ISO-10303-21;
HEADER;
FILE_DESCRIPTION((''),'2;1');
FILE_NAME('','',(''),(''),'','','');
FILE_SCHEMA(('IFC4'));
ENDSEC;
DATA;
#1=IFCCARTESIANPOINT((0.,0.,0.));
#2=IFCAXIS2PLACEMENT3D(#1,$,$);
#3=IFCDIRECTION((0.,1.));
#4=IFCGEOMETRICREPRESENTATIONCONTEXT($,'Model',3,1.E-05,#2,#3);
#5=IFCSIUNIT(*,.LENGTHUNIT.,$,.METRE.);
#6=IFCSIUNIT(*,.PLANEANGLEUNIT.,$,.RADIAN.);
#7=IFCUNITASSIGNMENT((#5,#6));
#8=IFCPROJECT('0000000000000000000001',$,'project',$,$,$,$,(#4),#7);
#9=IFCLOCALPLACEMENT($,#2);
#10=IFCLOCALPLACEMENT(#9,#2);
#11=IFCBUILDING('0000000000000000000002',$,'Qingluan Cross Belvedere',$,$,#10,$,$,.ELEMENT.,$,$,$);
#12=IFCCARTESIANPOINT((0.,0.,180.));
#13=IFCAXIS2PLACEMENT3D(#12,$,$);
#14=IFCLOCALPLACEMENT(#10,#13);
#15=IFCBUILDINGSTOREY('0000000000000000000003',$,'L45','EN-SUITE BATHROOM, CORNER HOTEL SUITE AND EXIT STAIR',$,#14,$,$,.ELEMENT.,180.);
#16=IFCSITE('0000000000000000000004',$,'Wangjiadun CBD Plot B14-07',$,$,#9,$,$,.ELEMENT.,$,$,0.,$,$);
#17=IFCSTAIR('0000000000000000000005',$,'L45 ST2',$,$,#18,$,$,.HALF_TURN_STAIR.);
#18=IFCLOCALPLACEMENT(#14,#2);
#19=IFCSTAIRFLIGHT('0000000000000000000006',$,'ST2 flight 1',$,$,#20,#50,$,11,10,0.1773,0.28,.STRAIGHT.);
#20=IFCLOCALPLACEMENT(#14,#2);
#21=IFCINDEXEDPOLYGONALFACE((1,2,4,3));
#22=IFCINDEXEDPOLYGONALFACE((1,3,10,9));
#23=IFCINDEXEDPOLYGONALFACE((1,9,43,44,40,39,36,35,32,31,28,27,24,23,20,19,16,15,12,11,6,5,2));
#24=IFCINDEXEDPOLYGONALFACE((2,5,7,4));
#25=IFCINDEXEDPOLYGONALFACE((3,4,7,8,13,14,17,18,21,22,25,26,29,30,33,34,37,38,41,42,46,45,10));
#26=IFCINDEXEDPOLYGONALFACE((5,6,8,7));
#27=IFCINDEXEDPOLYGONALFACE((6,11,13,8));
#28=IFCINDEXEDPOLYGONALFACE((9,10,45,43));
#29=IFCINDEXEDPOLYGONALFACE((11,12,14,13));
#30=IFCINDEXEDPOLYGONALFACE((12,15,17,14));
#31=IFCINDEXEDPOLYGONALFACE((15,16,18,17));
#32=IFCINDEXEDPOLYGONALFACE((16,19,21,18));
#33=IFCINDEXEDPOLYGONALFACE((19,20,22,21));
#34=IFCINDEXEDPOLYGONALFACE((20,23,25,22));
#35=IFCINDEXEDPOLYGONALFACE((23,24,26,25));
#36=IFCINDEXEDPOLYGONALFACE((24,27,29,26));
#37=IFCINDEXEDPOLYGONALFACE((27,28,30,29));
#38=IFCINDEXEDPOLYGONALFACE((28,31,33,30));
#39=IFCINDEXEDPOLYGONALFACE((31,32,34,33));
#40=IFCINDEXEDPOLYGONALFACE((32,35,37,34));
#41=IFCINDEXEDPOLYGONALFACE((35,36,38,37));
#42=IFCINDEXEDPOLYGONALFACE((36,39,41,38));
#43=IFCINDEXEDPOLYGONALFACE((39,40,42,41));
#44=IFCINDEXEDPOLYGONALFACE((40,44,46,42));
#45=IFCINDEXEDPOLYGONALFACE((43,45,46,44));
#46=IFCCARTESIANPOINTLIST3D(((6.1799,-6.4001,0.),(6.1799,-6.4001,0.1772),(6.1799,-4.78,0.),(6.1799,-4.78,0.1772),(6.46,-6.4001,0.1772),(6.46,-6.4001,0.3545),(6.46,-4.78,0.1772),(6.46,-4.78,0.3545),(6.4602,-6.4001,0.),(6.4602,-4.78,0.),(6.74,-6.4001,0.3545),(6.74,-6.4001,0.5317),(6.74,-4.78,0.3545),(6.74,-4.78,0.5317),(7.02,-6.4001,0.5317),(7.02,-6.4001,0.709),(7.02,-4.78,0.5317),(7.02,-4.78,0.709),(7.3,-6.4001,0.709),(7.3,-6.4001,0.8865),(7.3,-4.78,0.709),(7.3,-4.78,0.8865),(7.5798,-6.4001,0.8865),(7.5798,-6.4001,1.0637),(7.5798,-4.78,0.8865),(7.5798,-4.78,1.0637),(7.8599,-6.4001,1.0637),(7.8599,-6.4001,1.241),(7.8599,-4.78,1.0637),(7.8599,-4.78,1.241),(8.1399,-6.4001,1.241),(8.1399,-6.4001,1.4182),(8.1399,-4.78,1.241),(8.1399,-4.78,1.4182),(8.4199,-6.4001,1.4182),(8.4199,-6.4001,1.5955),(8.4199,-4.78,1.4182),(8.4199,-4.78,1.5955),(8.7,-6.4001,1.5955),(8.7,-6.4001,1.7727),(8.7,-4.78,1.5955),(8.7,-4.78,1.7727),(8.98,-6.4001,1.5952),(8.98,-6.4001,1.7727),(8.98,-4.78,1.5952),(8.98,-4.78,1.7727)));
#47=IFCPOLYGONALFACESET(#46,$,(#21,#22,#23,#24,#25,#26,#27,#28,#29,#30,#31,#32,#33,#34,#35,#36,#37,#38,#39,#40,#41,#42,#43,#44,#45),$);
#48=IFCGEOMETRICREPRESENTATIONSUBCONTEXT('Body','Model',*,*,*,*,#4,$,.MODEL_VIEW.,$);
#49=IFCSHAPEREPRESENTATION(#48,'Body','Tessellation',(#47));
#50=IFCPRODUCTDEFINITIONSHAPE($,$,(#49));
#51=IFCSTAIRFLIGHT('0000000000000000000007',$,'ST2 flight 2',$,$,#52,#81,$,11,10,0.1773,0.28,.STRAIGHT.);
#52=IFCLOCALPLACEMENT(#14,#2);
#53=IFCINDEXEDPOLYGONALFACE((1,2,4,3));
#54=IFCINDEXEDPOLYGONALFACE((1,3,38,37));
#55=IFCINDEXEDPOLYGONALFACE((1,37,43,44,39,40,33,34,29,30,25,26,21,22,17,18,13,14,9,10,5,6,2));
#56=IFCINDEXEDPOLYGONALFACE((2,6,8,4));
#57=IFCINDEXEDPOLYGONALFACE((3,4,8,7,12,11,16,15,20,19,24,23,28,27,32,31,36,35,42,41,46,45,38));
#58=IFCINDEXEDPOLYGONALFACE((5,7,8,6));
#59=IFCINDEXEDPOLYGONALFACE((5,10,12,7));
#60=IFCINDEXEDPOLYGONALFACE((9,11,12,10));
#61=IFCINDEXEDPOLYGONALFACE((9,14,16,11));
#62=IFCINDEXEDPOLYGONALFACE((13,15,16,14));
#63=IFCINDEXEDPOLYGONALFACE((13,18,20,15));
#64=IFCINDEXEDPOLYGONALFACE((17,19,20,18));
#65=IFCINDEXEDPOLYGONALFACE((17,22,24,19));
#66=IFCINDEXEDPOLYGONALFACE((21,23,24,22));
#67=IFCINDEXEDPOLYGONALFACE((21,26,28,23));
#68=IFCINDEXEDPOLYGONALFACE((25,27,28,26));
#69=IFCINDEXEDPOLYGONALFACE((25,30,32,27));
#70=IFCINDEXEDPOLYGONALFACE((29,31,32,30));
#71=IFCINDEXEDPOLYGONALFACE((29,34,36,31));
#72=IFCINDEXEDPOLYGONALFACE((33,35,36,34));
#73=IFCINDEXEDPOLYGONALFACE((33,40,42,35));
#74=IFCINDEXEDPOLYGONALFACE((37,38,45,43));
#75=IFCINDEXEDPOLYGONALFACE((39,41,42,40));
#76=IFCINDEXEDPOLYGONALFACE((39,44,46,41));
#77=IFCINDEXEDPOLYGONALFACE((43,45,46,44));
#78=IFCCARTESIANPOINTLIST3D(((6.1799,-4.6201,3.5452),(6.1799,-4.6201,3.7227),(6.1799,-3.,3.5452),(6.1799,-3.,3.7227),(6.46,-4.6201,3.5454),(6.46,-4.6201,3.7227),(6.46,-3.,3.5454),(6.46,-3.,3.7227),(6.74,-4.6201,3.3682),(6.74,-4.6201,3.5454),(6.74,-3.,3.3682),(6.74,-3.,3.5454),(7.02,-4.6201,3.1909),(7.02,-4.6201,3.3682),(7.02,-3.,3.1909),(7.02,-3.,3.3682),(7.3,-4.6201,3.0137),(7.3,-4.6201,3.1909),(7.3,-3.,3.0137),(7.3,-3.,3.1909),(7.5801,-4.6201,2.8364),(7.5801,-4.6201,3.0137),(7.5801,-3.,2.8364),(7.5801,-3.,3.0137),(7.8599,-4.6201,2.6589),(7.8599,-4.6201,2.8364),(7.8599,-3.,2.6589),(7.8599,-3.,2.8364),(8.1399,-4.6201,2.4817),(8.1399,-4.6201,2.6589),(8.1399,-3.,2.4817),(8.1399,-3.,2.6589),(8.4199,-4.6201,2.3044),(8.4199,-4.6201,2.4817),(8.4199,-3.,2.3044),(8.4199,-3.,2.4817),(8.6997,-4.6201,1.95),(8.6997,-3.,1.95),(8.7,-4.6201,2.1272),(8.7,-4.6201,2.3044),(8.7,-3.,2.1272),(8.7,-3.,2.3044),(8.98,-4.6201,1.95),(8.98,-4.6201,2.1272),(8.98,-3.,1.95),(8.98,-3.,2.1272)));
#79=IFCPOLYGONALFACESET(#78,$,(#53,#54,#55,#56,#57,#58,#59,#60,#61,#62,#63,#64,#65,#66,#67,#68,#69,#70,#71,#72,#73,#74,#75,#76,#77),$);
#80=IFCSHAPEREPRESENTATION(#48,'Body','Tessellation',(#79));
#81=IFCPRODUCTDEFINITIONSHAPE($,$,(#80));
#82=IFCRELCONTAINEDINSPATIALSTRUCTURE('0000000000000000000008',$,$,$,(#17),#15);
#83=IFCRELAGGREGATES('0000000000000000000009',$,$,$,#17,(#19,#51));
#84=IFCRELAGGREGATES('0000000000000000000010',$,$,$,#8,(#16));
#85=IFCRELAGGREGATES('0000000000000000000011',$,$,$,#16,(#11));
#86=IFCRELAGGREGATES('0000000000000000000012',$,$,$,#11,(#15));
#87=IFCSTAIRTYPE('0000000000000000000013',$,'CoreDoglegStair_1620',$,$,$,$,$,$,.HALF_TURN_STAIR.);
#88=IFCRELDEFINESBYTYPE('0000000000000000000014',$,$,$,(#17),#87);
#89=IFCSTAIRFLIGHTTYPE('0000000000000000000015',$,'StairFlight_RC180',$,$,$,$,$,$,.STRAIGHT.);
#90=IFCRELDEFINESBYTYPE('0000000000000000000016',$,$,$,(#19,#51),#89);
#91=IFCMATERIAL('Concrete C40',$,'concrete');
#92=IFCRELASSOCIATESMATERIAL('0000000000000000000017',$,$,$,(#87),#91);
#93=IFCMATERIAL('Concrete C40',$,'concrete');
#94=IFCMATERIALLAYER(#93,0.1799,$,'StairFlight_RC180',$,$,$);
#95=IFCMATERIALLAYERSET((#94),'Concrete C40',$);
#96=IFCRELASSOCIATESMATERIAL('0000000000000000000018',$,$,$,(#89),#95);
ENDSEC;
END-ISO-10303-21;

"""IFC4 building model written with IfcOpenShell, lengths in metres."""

from ifc_helpers import new_model, si_unit, direction, frame, origin, place, context, subcontext, project, spatial, polyline, outline, extrude, material, layer, layer_set, type_object, element, aggregate, save


model = new_model("IFC4")

# Units and contexts
model_context = context("Model", 3, precision=1e-05, world=origin(), true_north=direction((0.0, 1.0)))
body_context = subcontext(model_context, "Body", "Model", "MODEL_VIEW")
ifc_project = project(units=[si_unit("LENGTHUNIT", "METRE"), si_unit("PLANEANGLEUNIT", "RADIAN")], contexts=[model_context])

# Site, building, storey
site_placement = place(None, origin())
site = spatial("IfcSite", under=ifc_project, at=site_placement, Name="Wangjiadun CBD Plot B14-07", CompositionType="ELEMENT", RefElevation=0.0)
building_placement = place(site_placement, origin())
building = spatial("IfcBuilding", under=site, at=building_placement, Name="Qingluan Cross Belvedere", CompositionType="ELEMENT")
storey_placement = place(building_placement, frame((0.0, 0.0, 180.0)))
storey = spatial("IfcBuildingStorey", under=building, at=storey_placement, Name="L45", Description="EN-SUITE BATHROOM, CORNER HOTEL SUITE AND EXIT STAIR", CompositionType="ELEMENT", Elevation=180.0)

# Stair, stair flights
ifc_material_1 = material(Name="Concrete C40", Category="concrete")
stair_type = type_object("IfcStairType", Name="CoreDoglegStair_1620", PredefinedType="HALF_TURN_STAIR", material=ifc_material_1)
stair_placement = place(storey_placement, origin())
stair = element("IfcStair", 1, at=stair_placement, inside=storey, type_object=stair_type, Name="L45 ST2", PredefinedType="HALF_TURN_STAIR")
ifc_material_2 = material(Name="Concrete C40", Category="concrete")
ifc_layer_1 = layer(ifc_material_2, 0.1799, Name="StairFlight_RC180")
ifc_layer_set_1 = layer_set([ifc_layer_1], Name="Concrete C40")
stair_flight_type = type_object("IfcStairFlightType", Name="StairFlight_RC180", PredefinedType="STRAIGHT", material=ifc_layer_set_1)
stair_flight_1_placement = place(storey_placement, frame((6.1799, -5.5901, 0.0), z_axis=(0.0, 0.0, 1.0), x_axis=(1.0, 0.0, 0.0)))
stair_flight_1 = element("IfcStairFlight", 2, at=stair_flight_1_placement, type_object=stair_flight_type, Name="ST2 flight 1", NumberOfRisers=11, NumberOfTreads=10, PredefinedType="STRAIGHT", RiserHeight=0.1773, TreadLength=0.28, context=body_context, shape_type="SweptSolid", body=[
    extrude(outline(polyline([(0.0, 0.0), (0.0, 0.1772), (0.28, 0.1772), (0.28, 0.3545), (0.5601, 0.3545), (0.5601, 0.5317), (0.8401, 0.5317), (0.8401, 0.709), (1.1201, 0.709), (1.1201, 0.8865), (1.3999, 0.8865), (1.3999, 1.0637), (1.6799, 1.0637), (1.6799, 1.241), (1.96, 1.241), (1.96, 1.4182), (2.24, 1.4182), (2.24, 1.5955), (2.52, 1.5955), (2.52, 1.7727), (2.8, 1.7727), (2.8, 1.95), (2.8, 1.5952), (0.2803, 0.0), (0.0, 0.0)])), frame((0.0, 0.8101, 0.0), z_axis=(0.0, -1.0, 0.0), x_axis=(1.0, 0.0, 0.0)), (0.0, 0.0, 1.0), 1.6201),
])
stair_flight_2_placement = place(storey_placement, frame((8.98, -3.8101, 1.95), z_axis=(0.0, 0.0, 1.0), x_axis=(-1.0, 0.0, 0.0)))
stair_flight_2 = element("IfcStairFlight", 3, at=stair_flight_2_placement, type_object=stair_flight_type, Name="ST2 flight 2", NumberOfRisers=11, NumberOfTreads=10, PredefinedType="STRAIGHT", RiserHeight=0.1773, TreadLength=0.28, context=body_context, shape_type="SweptSolid", body=[
    extrude(outline(polyline([(0.0, 0.0), (0.0, 0.1772), (0.28, 0.1772), (0.28, 0.3545), (0.5601, 0.3545), (0.5601, 0.5317), (0.8401, 0.5317), (0.8401, 0.709), (1.1201, 0.709), (1.1201, 0.8865), (1.3999, 0.8865), (1.3999, 1.0637), (1.6799, 1.0637), (1.6799, 1.241), (1.96, 1.241), (1.96, 1.4182), (2.24, 1.4182), (2.24, 1.5955), (2.52, 1.5955), (2.52, 1.7727), (2.8, 1.7727), (2.8, 1.95), (2.8, 1.5952), (0.2803, 0.0), (0.0, 0.0)])), frame((0.0, 0.8101, 0.0), z_axis=(0.0, -1.0, 0.0), x_axis=(1.0, 0.0, 0.0)), (0.0, 0.0, 1.0), 1.6201),
])
aggregate(stair, [stair_flight_1, stair_flight_2])

save(model, "model.ifc")
